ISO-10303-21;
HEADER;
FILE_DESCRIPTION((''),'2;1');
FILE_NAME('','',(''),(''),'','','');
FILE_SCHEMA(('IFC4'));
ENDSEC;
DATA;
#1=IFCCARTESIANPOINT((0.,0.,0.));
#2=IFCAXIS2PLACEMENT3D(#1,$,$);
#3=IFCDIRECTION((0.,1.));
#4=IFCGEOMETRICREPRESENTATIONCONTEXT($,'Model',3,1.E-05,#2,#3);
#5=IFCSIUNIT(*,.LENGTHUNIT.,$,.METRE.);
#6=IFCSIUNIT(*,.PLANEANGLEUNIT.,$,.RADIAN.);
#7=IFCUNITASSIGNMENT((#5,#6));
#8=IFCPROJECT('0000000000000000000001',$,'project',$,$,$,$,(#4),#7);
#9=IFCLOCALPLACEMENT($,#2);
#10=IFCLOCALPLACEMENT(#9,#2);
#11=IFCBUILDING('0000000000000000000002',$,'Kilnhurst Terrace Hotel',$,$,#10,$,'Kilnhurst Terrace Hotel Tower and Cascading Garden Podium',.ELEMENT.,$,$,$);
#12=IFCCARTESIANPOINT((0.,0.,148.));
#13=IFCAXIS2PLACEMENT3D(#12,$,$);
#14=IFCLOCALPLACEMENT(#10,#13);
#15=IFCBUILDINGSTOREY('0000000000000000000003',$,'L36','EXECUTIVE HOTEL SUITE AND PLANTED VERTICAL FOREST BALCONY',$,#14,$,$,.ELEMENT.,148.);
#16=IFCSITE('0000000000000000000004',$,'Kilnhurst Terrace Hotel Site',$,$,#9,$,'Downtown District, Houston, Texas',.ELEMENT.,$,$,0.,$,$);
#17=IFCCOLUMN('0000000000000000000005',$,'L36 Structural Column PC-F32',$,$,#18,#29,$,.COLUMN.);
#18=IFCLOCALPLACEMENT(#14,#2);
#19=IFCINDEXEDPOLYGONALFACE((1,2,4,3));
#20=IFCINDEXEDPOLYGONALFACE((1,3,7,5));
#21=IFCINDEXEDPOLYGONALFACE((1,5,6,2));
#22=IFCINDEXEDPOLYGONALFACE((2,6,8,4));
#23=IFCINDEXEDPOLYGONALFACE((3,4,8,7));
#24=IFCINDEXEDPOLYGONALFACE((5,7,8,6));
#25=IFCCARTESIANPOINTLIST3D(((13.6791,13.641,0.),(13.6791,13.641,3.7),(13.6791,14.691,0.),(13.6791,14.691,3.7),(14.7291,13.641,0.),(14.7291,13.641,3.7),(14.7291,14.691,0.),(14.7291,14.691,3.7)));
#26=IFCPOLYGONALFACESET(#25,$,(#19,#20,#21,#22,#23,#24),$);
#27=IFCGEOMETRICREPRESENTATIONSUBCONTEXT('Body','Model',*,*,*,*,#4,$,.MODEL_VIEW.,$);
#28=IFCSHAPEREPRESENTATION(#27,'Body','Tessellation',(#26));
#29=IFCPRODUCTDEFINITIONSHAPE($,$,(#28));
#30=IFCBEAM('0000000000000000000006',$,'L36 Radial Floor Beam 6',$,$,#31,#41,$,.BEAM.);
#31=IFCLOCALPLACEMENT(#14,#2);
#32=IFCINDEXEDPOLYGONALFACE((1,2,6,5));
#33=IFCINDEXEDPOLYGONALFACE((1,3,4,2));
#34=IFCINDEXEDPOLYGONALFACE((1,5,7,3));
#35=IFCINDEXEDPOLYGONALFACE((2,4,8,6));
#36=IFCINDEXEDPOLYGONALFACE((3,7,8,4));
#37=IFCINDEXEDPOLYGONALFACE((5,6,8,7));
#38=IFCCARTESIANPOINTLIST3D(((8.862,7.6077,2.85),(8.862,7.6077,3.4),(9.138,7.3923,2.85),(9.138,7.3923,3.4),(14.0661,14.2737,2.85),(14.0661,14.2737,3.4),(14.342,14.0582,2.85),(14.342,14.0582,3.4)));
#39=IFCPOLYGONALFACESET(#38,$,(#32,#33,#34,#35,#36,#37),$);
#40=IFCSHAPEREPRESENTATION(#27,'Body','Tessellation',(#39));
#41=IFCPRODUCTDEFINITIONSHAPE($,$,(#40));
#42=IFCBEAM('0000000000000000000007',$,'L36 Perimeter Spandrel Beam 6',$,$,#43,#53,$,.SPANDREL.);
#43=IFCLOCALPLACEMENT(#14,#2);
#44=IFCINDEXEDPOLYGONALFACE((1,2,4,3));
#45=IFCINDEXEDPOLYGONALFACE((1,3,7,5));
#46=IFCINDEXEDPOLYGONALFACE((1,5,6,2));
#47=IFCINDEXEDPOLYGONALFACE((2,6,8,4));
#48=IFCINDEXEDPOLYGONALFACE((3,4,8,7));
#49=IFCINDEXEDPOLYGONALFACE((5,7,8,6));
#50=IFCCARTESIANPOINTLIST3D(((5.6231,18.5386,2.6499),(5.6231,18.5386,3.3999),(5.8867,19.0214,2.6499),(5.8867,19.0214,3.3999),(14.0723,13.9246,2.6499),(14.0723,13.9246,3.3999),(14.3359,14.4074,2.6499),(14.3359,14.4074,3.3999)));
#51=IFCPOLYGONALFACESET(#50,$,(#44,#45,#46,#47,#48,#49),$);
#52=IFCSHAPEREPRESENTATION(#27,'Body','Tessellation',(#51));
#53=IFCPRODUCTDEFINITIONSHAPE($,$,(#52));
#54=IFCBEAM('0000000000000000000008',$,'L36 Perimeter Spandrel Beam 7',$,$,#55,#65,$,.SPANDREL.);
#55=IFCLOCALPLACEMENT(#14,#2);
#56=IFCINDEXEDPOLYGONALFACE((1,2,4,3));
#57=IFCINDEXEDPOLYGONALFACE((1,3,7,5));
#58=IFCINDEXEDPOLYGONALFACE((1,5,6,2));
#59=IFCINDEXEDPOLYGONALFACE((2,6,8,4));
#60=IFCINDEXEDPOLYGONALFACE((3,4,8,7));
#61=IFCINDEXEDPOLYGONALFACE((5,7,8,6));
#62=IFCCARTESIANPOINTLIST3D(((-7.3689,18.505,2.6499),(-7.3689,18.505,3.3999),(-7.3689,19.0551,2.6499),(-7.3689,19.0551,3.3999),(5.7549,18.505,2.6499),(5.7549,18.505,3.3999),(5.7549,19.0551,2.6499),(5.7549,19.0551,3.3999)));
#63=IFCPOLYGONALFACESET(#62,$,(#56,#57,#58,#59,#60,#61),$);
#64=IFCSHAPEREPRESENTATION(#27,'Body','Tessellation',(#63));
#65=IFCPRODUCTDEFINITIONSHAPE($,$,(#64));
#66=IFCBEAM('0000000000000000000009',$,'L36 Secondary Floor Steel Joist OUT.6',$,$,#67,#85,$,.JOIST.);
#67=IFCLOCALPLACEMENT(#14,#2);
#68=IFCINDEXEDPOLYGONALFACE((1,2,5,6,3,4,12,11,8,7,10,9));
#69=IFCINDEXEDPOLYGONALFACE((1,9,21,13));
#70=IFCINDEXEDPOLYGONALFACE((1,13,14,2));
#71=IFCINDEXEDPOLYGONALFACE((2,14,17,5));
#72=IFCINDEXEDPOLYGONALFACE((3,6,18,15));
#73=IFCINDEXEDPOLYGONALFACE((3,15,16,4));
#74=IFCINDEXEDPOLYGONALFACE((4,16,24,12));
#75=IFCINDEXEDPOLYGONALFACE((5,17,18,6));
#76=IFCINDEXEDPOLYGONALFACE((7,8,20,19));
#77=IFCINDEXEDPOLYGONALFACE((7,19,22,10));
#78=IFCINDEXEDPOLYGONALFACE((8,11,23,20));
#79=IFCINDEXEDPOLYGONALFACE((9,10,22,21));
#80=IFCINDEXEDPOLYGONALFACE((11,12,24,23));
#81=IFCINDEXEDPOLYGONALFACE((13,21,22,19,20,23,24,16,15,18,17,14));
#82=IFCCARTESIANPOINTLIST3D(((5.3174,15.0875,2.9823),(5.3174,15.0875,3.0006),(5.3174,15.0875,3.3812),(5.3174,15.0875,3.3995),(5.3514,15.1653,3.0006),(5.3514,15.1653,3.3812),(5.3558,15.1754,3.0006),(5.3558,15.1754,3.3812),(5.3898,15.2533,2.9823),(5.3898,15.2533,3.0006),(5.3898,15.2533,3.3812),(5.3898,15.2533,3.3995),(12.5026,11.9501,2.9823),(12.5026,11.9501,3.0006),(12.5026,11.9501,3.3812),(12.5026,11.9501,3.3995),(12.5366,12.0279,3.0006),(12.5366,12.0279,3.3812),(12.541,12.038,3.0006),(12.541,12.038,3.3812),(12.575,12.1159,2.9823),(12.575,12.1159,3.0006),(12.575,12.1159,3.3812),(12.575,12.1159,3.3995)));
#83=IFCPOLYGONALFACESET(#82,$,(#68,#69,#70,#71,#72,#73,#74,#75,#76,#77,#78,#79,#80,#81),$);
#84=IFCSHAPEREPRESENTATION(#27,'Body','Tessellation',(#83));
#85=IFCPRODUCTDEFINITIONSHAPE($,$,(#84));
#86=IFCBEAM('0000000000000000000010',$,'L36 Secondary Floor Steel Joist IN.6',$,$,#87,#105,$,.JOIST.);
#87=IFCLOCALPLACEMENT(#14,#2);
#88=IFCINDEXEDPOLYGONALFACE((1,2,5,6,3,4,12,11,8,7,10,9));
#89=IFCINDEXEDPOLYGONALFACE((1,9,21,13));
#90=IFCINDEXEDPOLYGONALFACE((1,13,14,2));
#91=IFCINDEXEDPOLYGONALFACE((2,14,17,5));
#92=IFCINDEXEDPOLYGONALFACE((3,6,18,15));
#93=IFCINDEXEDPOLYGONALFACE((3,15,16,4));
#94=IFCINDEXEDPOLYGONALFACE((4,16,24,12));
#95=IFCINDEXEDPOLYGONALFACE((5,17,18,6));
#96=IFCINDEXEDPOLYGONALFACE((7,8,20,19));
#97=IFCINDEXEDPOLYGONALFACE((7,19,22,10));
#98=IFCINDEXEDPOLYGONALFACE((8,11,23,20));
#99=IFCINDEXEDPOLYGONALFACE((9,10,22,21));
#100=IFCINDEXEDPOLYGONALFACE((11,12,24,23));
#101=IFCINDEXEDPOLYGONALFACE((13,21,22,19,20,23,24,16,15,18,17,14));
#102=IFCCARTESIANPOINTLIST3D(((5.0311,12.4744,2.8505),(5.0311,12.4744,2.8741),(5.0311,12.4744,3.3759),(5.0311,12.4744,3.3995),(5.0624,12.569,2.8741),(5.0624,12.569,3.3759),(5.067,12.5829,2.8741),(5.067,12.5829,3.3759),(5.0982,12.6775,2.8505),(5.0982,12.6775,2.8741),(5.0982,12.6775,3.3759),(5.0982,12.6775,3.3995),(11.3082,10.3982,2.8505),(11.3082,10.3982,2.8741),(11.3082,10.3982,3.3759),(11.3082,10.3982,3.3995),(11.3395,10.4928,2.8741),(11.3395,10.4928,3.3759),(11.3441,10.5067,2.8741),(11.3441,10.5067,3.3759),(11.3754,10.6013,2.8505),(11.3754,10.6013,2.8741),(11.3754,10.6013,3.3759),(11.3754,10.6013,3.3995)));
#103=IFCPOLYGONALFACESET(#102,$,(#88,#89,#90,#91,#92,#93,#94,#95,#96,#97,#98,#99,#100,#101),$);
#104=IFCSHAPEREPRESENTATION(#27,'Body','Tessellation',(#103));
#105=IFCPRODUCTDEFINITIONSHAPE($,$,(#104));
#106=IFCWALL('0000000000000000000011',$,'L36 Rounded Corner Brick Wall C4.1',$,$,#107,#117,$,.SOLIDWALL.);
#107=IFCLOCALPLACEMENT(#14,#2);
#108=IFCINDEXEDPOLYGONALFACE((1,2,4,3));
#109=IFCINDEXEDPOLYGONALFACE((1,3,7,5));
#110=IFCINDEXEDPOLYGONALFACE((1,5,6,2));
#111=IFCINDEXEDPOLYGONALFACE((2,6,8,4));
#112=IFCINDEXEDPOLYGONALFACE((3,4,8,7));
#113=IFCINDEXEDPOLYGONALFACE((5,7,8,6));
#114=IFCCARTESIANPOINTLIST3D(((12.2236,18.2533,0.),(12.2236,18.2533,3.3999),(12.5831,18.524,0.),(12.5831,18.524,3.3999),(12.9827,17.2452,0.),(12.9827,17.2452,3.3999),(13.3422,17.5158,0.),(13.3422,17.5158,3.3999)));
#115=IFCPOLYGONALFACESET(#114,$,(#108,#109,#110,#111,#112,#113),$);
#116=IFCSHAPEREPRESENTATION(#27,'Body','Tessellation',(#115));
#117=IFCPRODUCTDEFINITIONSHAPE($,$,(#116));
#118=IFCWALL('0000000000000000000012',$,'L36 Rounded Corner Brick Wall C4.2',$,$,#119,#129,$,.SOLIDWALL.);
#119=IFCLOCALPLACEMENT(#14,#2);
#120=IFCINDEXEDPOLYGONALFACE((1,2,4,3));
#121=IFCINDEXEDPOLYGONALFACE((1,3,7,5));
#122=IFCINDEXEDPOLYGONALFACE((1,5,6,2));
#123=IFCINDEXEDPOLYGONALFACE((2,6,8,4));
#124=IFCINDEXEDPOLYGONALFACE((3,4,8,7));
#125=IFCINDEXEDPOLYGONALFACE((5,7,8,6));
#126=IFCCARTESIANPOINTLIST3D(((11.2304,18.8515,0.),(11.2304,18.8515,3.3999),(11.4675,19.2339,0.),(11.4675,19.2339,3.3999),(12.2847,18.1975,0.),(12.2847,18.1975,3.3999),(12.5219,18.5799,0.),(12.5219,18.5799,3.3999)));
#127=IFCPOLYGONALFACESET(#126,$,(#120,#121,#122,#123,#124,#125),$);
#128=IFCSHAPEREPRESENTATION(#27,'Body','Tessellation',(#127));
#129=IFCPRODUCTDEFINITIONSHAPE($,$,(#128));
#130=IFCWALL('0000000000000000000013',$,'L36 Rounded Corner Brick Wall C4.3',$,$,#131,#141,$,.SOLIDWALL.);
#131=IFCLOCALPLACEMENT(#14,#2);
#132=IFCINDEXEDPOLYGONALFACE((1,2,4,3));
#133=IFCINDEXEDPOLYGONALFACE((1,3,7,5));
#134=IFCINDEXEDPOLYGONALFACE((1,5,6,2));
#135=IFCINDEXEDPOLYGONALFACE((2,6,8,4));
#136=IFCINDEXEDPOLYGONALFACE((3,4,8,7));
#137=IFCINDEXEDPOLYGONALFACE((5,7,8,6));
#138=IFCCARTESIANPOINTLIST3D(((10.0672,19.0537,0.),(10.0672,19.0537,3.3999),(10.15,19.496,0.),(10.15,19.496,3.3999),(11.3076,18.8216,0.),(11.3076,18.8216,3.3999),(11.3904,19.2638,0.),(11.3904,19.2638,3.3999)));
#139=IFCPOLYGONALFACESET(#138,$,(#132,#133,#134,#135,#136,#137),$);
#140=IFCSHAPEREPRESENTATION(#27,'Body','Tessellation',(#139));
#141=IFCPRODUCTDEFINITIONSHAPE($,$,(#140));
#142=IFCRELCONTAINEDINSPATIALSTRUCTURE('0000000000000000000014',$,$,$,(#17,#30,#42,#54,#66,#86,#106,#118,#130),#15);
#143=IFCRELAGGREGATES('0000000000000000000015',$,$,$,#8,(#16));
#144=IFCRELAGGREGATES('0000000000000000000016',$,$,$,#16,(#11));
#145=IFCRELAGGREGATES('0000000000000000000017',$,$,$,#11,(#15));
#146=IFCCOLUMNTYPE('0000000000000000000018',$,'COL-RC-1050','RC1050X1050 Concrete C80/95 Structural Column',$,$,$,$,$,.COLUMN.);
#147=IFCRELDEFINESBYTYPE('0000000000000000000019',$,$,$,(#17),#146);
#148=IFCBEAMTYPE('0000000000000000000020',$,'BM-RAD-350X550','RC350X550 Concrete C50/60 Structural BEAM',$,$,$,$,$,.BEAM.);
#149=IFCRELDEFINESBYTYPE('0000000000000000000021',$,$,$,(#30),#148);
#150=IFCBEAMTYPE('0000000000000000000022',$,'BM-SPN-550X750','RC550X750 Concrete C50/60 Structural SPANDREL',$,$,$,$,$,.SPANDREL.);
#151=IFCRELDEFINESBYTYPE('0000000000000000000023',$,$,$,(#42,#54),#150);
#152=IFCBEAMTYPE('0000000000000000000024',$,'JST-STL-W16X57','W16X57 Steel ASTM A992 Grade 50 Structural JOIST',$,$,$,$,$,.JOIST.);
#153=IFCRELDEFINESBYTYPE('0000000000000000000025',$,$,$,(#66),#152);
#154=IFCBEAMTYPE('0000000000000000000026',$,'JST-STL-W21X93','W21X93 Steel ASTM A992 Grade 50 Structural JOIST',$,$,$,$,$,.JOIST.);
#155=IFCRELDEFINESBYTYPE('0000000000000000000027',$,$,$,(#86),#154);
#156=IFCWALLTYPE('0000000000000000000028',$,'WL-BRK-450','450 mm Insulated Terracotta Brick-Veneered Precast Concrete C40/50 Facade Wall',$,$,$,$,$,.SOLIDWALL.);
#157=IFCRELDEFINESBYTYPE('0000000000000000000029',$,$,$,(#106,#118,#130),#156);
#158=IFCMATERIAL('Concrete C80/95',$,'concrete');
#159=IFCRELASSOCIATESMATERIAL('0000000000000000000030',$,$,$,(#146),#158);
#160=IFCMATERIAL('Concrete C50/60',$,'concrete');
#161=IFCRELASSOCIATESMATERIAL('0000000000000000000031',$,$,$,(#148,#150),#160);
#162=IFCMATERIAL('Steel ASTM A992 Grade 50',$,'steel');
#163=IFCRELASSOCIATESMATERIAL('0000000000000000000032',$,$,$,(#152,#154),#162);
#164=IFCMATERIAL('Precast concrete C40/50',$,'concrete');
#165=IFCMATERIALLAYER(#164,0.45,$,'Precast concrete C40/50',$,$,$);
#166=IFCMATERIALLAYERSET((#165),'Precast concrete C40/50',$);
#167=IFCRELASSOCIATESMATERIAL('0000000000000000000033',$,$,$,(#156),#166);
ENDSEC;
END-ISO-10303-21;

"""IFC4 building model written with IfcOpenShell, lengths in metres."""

from ifc_helpers import new_model, si_unit, direction, frame, frame_2d, origin, origin_2d, place, context, subcontext, project, spatial, rectangle, i_section, extrude, material, layer, layer_set, material_profile, profile_set, type_object, element, save


model = new_model("IFC4")

# Units and contexts
model_context = context("Model", 3, precision=1e-05, world=origin(), true_north=direction((0.0, 1.0)))
body_context = subcontext(model_context, "Body", "Model", "MODEL_VIEW")
ifc_project = project(units=[si_unit("LENGTHUNIT", "METRE"), si_unit("PLANEANGLEUNIT", "RADIAN")], contexts=[model_context])

# Site, building, storey
site_placement = place(None, origin())
site = spatial("IfcSite", under=ifc_project, at=site_placement, Name="Kilnhurst Terrace Hotel Site", LongName="Downtown District, Houston, Texas", CompositionType="ELEMENT", RefElevation=0.0)
building_placement = place(site_placement, origin())
building = spatial("IfcBuilding", under=site, at=building_placement, Name="Kilnhurst Terrace Hotel", LongName="Kilnhurst Terrace Hotel Tower and Cascading Garden Podium", CompositionType="ELEMENT")
storey_placement = place(building_placement, frame((0.0, 0.0, 148.0)))
storey = spatial("IfcBuildingStorey", under=building, at=storey_placement, Name="L36", Description="EXECUTIVE HOTEL SUITE AND PLANTED VERTICAL FOREST BALCONY", CompositionType="ELEMENT", Elevation=148.0)

# Column
ifc_material_1 = material(Name="Concrete C80/95", Category="concrete")
ifc_material_profile_1 = material_profile(ifc_material_1, rectangle(XDim=1.05, YDim=1.05, at=origin_2d()), Name="RC1050X1050")
ifc_profile_set_1 = profile_set([ifc_material_profile_1], Name="Concrete C80/95")
column_type = type_object("IfcColumnType", Name="COL-RC-1050", Description="RC1050X1050 Concrete C80/95 Structural Column", PredefinedType="COLUMN", material=ifc_profile_set_1)
column_placement = place(storey_placement, frame((14.2041, 14.166, 0.0), z_axis=(0.0, 0.0, 1.0), x_axis=(1.0, 0.0, 0.0)))
element("IfcColumn", 1, at=column_placement, inside=storey, type_object=column_type, Name="L36 Structural Column PC-F32", PredefinedType="COLUMN", context=body_context, shape_type="SweptSolid", body=[
    extrude(rectangle(XDim=1.05, YDim=1.05, at=origin_2d()), origin(), (0.0, 0.0, 1.0), 3.7),
])

# Beams
ifc_material_2 = material(Name="Concrete C50/60", Category="concrete")
ifc_material_profile_2 = material_profile(ifc_material_2, rectangle(XDim=0.3501, YDim=0.55, at=origin_2d()), Name="RC350X550")
ifc_profile_set_2 = profile_set([ifc_material_profile_2], Name="Concrete C50/60")
beam_type_1 = type_object("IfcBeamType", Name="BM-RAD-350X550", Description="RC350X550 Concrete C50/60 Structural BEAM", PredefinedType="BEAM", material=ifc_profile_set_2)
beam_1_placement = place(storey_placement, frame((9.0, 7.5, 3.125), z_axis=(0.615371, 0.788238, 0.0), x_axis=(-0.788238, 0.615371, 0.0)))
element("IfcBeam", 2, at=beam_1_placement, inside=storey, type_object=beam_type_1, Name="L36 Radial Floor Beam 6", PredefinedType="BEAM", context=body_context, shape_type="SweptSolid", body=[
    extrude(rectangle(XDim=0.3501, YDim=0.55, at=origin_2d()), origin(), (0.0, 0.0, 1.0), 8.4568),
])
ifc_material_profile_3 = material_profile(ifc_material_2, rectangle(XDim=0.55, YDim=0.75, at=origin_2d()), Name="RC550X750")
ifc_profile_set_3 = profile_set([ifc_material_profile_3], Name="Concrete C50/60")
beam_type_2 = type_object("IfcBeamType", Name="BM-SPN-550X750", Description="RC550X750 Concrete C50/60 Structural SPANDREL", PredefinedType="SPANDREL", material=ifc_profile_set_3)
beam_2_placement = place(storey_placement, frame((14.2041, 14.166, 3.0249), z_axis=(-0.877662, 0.47928, 0.0), x_axis=(-0.47928, -0.877662, 0.0)))
element("IfcBeam", 3, at=beam_2_placement, inside=storey, type_object=beam_type_2, Name="L36 Perimeter Spandrel Beam 6", PredefinedType="SPANDREL", context=body_context, shape_type="SweptSolid", body=[
    extrude(rectangle(XDim=0.55, YDim=0.75, at=origin_2d()), origin(), (0.0, 0.0, 1.0), 9.627),
])
beam_3_placement = place(storey_placement, frame((5.7549, 18.78, 3.0249), z_axis=(-1.0, 0.0, 0.0), x_axis=(0.0, -1.0, 0.0)))
element("IfcBeam", 4, at=beam_3_placement, inside=storey, type_object=beam_type_2, Name="L36 Perimeter Spandrel Beam 7", PredefinedType="SPANDREL", context=body_context, shape_type="SweptSolid", body=[
    extrude(rectangle(XDim=0.55, YDim=0.75, at=origin_2d()), origin(), (0.0, 0.0, 1.0), 13.1238),
])
ifc_material_3 = material(Name="Steel ASTM A992 Grade 50", Category="steel")
ifc_material_profile_4 = material_profile(ifc_material_3, i_section(OverallWidth=0.1809, OverallDepth=0.4172, WebThickness=0.011, FlangeThickness=0.0183, at=origin_2d()), Name="W16X57")
ifc_profile_set_4 = profile_set([ifc_material_profile_4], Name="Steel ASTM A992 Grade 50")
beam_type_3 = type_object("IfcBeamType", Name="JST-STL-W16X57", Description="W16X57 Steel ASTM A992 Grade 50 Structural JOIST", PredefinedType="JOIST", material=ifc_profile_set_4)
beam_4_placement = place(storey_placement, frame((12.5388, 12.033, 3.1909), z_axis=(-0.916444, 0.400164, 0.0), x_axis=(-0.400164, -0.916444, 0.0)))
element("IfcBeam", 5, at=beam_4_placement, inside=storey, type_object=beam_type_3, Name="L36 Secondary Floor Steel Joist OUT.6", PredefinedType="JOIST", context=body_context, shape_type="SweptSolid", body=[
    extrude(i_section(OverallWidth=0.1809, OverallDepth=0.4172, WebThickness=0.011, FlangeThickness=0.0183, at=origin_2d()), origin(), (0.0, 0.0, 1.0), 7.8403),
])
ifc_material_profile_5 = material_profile(ifc_material_3, i_section(OverallWidth=0.2139, OverallDepth=0.5491, WebThickness=0.0146, FlangeThickness=0.0237, at=origin_2d()), Name="W21X93")
ifc_profile_set_5 = profile_set([ifc_material_profile_5], Name="Steel ASTM A992 Grade 50")
beam_type_4 = type_object("IfcBeamType", Name="JST-STL-W21X93", Description="W21X93 Steel ASTM A992 Grade 50 Structural JOIST", PredefinedType="JOIST", material=ifc_profile_set_5)
beam_5_placement = place(storey_placement, frame((11.3418, 10.4998, 3.125), z_axis=(-0.949416, 0.314022, 0.0), x_axis=(-0.314022, -0.949416, 0.0)))
element("IfcBeam", 6, at=beam_5_placement, inside=storey, type_object=beam_type_4, Name="L36 Secondary Floor Steel Joist IN.6", PredefinedType="JOIST", context=body_context, shape_type="SweptSolid", body=[
    extrude(i_section(OverallWidth=0.2139, OverallDepth=0.5491, WebThickness=0.0146, FlangeThickness=0.0237, at=origin_2d()), origin(), (0.0, 0.0, 1.0), 6.6116),
])

# Walls
ifc_material_4 = material(Name="Precast concrete C40/50", Category="concrete")
ifc_layer_1 = layer(ifc_material_4, 0.45, Name="Precast concrete C40/50")
ifc_layer_set_1 = layer_set([ifc_layer_1], Name="Precast concrete C40/50")
wall_type_1 = type_object("IfcWallType", Name="WL-BRK-450", Description="450 mm Insulated Terracotta Brick-Veneered Precast Concrete C40/50 Facade Wall", PredefinedType="SOLIDWALL", material=ifc_layer_set_1)
wall_1_placement = place(storey_placement, frame((13.1624, 17.3806, 0.0), z_axis=(0.0, 0.0, 1.0), x_axis=(-0.601516, 0.798861, 0.0)))
element("IfcWall", 7, at=wall_1_placement, inside=storey, type_object=wall_type_1, Name="L36 Rounded Corner Brick Wall C4.1", PredefinedType="SOLIDWALL", context=body_context, shape_type="SweptSolid", body=[
    extrude(rectangle(XDim=1.262, YDim=0.45, at=frame_2d((0.6309, 0.0))), origin(), (0.0, 0.0, 1.0), 3.3999),
])
wall_2_placement = place(storey_placement, frame((12.4033, 18.3887, 0.0), z_axis=(0.0, 0.0, 1.0), x_axis=(-0.849795, 0.527113, 0.0)))
element("IfcWall", 8, at=wall_2_placement, inside=storey, type_object=wall_type_1, Name="L36 Rounded Corner Brick Wall C4.2", PredefinedType="SOLIDWALL", context=body_context, shape_type="SweptSolid", body=[
    extrude(rectangle(XDim=1.2407, YDim=0.45, at=frame_2d((0.6204, 0.0))), origin(), (0.0, 0.0, 1.0), 3.3999),
])
wall_3_placement = place(storey_placement, frame((11.3489, 19.0427, 0.0), z_axis=(0.0, 0.0, 1.0), x_axis=(-0.982931, 0.183973, 0.0)))
element("IfcWall", 9, at=wall_3_placement, inside=storey, type_object=wall_type_1, Name="L36 Rounded Corner Brick Wall C4.3", PredefinedType="SOLIDWALL", context=body_context, shape_type="SweptSolid", body=[
    extrude(rectangle(XDim=1.262, YDim=0.45, at=frame_2d((0.6309, 0.0))), origin(), (0.0, 0.0, 1.0), 3.3999),
])

save(model, "model.ifc")
